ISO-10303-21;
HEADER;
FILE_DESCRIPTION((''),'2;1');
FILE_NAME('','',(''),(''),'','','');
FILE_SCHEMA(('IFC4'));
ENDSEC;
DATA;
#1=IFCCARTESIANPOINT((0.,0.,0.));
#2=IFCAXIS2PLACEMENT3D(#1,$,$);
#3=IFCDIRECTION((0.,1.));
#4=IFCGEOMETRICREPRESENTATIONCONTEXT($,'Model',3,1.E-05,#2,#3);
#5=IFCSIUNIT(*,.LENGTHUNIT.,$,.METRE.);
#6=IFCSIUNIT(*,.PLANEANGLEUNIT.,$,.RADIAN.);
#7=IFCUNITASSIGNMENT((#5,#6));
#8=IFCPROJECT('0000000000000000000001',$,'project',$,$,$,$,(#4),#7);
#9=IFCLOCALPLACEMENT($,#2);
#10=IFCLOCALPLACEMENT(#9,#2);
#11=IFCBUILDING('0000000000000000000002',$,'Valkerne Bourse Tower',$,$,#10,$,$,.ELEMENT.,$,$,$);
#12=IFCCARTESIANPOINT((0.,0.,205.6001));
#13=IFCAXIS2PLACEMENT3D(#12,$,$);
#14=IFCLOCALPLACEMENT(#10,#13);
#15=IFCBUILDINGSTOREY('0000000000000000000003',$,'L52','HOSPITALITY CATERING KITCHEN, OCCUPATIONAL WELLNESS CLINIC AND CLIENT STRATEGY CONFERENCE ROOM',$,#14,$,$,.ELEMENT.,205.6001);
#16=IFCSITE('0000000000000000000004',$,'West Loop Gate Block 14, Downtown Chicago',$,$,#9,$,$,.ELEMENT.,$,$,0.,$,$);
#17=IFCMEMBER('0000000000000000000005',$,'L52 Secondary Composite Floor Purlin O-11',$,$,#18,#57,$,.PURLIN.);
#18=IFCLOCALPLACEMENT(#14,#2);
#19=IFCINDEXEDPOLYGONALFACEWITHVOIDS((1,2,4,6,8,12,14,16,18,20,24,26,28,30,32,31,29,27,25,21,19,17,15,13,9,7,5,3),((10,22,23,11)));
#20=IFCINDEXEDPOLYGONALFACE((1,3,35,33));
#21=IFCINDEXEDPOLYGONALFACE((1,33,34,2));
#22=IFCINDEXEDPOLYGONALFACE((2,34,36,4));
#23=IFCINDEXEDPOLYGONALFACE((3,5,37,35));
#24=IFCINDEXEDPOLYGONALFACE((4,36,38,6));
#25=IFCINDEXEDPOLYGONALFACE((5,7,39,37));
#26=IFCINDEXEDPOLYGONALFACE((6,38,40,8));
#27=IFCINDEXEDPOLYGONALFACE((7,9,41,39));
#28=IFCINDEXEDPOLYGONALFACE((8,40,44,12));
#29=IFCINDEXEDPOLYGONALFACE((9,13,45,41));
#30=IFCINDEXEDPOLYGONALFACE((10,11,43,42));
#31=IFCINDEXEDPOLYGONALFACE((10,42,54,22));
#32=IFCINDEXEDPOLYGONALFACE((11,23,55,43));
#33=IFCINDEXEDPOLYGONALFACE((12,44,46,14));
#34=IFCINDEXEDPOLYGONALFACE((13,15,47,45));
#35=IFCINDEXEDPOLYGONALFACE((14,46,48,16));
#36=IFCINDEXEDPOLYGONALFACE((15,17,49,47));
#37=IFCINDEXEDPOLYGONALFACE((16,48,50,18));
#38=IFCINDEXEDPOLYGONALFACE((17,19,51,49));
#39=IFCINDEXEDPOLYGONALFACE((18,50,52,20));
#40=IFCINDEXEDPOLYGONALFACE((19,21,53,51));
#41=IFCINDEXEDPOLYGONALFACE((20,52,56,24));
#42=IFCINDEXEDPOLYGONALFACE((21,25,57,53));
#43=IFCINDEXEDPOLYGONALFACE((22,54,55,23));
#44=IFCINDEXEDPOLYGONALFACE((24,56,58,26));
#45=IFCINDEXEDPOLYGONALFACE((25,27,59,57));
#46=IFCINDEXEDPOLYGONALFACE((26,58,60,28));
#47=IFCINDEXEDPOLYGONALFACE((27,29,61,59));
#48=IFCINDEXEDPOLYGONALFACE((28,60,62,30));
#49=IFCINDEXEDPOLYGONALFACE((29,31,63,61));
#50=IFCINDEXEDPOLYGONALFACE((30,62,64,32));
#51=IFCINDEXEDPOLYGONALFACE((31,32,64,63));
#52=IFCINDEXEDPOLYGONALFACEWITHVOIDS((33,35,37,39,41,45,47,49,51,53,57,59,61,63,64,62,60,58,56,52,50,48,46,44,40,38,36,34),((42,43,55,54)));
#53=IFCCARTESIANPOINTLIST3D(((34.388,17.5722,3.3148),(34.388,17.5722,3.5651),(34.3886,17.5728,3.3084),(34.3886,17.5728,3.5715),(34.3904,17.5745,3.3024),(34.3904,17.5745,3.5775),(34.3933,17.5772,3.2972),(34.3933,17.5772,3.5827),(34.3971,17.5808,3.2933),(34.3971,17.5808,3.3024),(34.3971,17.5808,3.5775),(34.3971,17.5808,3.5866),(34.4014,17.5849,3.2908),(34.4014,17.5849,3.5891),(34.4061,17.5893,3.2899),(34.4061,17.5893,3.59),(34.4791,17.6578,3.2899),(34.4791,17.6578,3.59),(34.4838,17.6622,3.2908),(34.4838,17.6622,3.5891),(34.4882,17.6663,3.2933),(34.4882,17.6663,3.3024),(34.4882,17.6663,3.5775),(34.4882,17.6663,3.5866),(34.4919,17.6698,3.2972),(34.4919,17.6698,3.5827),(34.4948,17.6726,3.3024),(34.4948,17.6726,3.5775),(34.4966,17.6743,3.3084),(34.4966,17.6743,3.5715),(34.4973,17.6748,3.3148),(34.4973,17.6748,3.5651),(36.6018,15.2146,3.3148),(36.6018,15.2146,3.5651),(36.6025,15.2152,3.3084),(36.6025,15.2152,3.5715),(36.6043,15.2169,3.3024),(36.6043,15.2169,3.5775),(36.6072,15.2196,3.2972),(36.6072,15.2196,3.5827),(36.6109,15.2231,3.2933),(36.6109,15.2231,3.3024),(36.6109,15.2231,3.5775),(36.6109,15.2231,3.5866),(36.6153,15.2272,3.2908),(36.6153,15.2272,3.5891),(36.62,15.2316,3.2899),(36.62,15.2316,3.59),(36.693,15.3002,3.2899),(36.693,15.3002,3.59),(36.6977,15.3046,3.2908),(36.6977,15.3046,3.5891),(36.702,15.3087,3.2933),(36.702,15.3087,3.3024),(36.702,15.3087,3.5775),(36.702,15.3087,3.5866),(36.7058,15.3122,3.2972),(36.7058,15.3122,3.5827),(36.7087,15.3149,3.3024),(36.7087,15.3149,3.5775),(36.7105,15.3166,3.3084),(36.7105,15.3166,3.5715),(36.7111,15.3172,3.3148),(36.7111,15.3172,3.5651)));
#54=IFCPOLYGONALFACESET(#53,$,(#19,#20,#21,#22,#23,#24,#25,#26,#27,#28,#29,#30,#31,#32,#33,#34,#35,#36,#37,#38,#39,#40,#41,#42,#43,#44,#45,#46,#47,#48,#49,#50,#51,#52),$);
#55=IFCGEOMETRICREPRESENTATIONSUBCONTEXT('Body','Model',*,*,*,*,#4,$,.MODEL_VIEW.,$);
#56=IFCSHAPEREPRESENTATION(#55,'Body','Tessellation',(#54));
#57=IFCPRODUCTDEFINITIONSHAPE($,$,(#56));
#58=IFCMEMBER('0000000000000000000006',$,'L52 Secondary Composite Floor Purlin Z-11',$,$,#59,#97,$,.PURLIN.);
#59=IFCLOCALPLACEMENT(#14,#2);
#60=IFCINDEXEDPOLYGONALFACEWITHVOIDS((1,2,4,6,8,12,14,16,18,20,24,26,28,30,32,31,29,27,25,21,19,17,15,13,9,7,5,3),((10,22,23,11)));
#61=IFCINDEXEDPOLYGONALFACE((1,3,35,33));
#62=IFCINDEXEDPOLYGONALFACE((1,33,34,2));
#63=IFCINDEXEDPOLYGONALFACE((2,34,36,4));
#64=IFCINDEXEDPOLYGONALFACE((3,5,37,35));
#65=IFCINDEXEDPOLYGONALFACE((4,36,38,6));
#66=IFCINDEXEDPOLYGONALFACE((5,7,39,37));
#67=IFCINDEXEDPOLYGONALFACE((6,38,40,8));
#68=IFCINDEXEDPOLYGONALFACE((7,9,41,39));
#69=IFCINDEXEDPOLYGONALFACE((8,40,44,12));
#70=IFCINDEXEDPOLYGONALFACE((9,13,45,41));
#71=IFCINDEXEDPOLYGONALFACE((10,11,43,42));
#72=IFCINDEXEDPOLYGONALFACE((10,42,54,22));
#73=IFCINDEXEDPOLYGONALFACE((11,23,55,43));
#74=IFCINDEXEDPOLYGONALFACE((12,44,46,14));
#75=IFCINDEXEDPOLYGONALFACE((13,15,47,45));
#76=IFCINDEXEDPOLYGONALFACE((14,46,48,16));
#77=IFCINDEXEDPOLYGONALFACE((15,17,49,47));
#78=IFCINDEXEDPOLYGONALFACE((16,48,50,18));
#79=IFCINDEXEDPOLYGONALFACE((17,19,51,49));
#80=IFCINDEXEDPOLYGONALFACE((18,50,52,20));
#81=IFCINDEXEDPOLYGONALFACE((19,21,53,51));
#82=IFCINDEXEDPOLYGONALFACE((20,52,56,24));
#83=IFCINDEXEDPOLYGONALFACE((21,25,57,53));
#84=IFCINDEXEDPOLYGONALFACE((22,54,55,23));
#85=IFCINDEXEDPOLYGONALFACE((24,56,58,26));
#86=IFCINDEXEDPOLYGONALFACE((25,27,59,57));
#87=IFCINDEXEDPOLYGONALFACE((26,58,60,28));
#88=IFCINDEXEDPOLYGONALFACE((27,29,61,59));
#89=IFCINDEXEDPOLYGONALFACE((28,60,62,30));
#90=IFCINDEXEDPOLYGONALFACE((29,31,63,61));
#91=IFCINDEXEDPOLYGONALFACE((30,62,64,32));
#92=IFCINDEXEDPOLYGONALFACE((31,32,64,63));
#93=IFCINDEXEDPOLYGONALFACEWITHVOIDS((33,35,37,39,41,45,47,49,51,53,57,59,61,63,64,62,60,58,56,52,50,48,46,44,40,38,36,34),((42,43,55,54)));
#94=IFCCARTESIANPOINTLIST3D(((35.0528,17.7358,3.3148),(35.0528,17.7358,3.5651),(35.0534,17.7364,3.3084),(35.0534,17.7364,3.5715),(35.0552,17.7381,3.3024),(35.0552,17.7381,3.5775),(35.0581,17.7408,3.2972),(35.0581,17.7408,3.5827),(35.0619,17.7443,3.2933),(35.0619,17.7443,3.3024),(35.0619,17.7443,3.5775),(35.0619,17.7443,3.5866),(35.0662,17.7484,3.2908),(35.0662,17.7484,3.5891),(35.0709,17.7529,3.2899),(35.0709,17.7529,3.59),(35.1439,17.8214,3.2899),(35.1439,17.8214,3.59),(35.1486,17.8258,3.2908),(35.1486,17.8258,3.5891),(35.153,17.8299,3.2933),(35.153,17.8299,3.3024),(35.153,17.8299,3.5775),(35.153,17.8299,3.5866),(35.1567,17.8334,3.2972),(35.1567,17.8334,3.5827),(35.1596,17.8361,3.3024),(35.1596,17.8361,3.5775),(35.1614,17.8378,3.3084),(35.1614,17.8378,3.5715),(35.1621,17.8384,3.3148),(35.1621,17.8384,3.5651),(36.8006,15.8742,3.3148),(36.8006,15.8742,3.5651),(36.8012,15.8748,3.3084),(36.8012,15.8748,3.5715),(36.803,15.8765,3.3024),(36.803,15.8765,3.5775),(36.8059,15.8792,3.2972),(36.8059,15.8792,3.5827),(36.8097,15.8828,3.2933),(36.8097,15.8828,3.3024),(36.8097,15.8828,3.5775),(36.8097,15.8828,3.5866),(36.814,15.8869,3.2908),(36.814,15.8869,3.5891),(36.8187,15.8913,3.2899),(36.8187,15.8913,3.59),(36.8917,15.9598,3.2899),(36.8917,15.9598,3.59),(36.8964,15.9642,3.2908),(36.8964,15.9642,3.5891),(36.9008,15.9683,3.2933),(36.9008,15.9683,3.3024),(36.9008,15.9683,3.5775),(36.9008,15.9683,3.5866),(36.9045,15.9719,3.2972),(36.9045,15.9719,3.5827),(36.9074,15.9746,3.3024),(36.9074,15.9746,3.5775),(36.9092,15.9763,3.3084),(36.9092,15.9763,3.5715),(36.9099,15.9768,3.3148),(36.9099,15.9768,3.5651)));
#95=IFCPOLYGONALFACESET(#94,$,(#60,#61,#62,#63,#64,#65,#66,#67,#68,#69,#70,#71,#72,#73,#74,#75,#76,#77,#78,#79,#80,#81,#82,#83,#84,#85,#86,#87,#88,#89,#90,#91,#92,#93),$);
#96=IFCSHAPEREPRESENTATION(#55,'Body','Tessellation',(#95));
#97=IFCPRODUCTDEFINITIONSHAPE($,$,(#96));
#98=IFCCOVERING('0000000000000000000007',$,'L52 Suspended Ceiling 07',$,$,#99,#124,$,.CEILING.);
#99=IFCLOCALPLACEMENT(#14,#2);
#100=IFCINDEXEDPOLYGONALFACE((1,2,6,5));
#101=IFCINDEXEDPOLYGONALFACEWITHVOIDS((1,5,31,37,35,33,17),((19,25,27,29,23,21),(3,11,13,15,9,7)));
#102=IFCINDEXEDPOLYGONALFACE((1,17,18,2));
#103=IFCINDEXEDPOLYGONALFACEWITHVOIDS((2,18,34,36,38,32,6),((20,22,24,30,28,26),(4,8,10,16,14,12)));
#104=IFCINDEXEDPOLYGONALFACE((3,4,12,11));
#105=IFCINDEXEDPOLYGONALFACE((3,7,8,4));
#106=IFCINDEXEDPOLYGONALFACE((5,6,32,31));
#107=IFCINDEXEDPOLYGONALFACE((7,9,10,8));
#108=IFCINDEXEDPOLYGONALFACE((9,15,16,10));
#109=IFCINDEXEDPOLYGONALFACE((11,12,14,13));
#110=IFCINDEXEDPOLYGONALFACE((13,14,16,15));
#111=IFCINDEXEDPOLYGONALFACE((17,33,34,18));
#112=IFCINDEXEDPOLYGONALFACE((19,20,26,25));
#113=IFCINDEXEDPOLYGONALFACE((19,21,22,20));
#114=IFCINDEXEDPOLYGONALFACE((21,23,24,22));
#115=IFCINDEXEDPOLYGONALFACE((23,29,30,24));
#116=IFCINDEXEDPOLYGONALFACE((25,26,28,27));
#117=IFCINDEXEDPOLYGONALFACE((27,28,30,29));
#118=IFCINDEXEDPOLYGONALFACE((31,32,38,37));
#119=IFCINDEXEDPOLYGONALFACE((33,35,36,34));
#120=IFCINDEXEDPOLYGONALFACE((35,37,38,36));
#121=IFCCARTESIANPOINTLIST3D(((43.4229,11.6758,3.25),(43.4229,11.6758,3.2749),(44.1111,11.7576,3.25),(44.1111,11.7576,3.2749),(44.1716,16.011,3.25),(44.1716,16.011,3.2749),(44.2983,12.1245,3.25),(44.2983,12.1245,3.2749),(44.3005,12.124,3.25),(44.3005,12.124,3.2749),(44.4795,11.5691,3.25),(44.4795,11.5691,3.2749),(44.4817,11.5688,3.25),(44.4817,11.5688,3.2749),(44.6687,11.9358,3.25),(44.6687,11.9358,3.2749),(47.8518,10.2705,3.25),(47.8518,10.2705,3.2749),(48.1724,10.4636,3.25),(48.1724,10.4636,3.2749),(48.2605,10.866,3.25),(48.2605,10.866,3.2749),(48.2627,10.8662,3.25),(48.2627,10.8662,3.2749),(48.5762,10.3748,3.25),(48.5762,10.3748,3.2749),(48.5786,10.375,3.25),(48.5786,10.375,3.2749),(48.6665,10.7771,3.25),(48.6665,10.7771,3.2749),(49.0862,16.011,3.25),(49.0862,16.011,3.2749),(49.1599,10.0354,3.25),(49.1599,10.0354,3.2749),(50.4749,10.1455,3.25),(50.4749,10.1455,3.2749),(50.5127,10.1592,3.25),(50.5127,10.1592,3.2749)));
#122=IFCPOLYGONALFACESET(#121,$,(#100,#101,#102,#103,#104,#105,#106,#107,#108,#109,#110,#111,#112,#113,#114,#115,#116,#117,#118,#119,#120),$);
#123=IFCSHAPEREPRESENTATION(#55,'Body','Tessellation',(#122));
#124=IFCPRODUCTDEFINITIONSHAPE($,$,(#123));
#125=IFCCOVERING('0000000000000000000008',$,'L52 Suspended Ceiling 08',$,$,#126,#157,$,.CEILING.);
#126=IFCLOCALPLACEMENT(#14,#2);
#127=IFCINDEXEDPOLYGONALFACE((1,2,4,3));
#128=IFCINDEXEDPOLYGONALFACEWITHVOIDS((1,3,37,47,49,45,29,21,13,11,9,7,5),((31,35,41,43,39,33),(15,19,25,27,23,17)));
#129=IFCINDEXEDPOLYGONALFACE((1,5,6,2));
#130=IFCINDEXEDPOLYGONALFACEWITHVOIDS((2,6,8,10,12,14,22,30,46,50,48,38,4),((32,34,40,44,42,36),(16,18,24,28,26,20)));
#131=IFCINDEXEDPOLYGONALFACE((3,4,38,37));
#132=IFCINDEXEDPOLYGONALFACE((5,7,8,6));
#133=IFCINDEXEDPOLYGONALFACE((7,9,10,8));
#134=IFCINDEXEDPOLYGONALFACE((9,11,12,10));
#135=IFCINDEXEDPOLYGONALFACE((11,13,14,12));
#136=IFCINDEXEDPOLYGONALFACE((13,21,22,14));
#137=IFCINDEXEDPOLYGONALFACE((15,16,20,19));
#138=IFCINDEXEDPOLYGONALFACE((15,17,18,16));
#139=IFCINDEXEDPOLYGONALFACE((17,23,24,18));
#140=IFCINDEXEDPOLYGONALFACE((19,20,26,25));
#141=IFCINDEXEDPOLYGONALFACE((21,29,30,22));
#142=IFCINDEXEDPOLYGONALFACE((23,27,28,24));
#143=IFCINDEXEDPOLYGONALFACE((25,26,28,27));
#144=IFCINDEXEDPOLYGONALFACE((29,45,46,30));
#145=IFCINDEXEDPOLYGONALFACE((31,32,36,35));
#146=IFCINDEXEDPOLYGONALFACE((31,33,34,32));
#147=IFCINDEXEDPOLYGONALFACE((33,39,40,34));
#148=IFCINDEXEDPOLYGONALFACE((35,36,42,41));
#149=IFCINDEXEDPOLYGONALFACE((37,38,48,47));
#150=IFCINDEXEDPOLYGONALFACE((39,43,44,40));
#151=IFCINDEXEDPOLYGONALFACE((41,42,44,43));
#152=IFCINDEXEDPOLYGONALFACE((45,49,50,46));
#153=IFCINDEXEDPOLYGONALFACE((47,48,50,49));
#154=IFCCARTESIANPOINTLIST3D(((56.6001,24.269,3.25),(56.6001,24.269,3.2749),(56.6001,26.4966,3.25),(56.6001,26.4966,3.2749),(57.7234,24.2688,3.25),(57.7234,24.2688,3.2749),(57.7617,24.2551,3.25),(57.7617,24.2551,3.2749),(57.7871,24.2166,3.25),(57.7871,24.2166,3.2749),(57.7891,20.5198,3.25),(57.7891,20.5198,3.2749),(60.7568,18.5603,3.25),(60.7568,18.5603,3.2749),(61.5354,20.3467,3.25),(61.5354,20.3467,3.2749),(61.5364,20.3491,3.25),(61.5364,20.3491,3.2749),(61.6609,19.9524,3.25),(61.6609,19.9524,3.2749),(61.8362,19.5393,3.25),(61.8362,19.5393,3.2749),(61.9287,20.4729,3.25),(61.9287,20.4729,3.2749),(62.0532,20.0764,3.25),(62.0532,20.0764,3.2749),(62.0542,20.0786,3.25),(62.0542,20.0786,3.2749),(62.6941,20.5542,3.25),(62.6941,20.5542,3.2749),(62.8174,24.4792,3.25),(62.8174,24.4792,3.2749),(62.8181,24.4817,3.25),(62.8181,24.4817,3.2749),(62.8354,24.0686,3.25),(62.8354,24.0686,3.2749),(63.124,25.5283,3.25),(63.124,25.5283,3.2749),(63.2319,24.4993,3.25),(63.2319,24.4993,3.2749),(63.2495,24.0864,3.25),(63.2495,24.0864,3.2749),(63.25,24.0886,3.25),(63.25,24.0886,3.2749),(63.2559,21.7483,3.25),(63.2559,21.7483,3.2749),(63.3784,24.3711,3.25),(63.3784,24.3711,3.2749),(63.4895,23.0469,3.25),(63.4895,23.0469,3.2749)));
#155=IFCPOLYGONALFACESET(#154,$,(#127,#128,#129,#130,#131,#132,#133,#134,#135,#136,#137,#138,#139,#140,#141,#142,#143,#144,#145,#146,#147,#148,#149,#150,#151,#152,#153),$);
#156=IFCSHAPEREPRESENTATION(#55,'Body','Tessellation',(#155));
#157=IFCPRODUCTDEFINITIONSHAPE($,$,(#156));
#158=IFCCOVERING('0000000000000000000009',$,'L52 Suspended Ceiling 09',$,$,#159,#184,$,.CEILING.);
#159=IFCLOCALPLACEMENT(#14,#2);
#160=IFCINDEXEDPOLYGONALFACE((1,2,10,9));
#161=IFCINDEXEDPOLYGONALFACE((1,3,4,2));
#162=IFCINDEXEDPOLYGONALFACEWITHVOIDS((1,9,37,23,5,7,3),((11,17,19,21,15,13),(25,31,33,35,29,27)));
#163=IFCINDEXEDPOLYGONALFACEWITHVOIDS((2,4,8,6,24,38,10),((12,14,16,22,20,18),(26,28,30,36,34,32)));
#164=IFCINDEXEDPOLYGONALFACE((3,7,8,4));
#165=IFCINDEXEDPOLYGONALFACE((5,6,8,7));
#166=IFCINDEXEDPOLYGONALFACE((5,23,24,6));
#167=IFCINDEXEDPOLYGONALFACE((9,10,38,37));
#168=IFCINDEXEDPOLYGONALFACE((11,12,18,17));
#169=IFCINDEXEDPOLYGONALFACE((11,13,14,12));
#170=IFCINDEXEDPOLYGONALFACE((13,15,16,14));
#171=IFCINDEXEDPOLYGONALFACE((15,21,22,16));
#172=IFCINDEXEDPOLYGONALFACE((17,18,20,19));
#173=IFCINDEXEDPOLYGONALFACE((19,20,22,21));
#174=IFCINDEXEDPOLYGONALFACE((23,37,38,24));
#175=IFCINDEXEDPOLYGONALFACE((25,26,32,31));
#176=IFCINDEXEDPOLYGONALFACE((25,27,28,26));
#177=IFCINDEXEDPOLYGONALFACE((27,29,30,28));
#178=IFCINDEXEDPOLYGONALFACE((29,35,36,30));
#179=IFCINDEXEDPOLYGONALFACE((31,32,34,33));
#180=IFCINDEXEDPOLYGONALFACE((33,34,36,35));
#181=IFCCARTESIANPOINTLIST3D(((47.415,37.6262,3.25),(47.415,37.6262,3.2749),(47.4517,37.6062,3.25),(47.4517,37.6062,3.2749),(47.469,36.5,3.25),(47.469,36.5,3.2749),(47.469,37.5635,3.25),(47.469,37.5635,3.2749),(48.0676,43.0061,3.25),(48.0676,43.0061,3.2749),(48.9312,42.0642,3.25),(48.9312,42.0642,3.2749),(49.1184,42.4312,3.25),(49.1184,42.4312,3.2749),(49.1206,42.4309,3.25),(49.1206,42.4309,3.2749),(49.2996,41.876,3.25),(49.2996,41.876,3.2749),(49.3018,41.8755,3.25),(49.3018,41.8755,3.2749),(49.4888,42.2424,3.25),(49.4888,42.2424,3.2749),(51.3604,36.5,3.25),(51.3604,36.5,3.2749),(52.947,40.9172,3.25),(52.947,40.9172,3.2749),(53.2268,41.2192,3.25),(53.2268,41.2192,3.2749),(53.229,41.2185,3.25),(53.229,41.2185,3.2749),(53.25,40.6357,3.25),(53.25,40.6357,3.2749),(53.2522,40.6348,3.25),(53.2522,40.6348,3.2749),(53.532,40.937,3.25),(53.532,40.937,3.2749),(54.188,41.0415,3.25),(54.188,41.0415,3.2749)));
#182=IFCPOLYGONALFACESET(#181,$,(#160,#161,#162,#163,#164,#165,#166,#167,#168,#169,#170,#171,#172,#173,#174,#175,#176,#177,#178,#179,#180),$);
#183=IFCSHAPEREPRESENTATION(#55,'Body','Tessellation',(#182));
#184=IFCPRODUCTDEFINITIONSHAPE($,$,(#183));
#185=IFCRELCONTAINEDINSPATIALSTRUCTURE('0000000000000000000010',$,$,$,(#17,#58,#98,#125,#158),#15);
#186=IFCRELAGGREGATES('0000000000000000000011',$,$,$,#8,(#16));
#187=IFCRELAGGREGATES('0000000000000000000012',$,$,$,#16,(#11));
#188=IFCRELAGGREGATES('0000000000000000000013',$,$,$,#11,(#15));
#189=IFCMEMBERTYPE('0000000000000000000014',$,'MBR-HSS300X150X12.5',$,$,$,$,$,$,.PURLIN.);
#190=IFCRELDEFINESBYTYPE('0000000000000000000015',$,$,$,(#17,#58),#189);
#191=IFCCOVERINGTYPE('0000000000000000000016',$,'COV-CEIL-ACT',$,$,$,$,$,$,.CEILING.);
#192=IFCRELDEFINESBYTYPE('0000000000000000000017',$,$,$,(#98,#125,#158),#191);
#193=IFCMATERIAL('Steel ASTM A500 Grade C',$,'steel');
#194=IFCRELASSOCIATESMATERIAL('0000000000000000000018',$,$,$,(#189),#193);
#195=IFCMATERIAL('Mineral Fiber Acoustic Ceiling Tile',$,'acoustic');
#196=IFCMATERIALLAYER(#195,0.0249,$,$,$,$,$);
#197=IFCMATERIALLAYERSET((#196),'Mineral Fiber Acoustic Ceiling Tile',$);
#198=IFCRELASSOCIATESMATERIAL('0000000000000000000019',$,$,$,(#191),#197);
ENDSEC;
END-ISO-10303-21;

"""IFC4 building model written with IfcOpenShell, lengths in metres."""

from ifc_helpers import new_model, si_unit, direction, frame, origin, origin_2d, place, context, subcontext, project, spatial, polyline, hollow_rectangle, outline, extrude, material, layer, layer_set, material_profile, profile_set, type_object, element, save


model = new_model("IFC4")

# Units and contexts
model_context = context("Model", 3, precision=1e-05, world=origin(), true_north=direction((0.0, 1.0)))
body_context = subcontext(model_context, "Body", "Model", "MODEL_VIEW")
ifc_project = project(units=[si_unit("LENGTHUNIT", "METRE"), si_unit("PLANEANGLEUNIT", "RADIAN")], contexts=[model_context])

# Site, building, storey
site_placement = place(None, origin())
site = spatial("IfcSite", under=ifc_project, at=site_placement, Name="West Loop Gate Block 14, Downtown Chicago", CompositionType="ELEMENT", RefElevation=0.0)
building_placement = place(site_placement, origin())
building = spatial("IfcBuilding", under=site, at=building_placement, Name="Valkerne Bourse Tower", CompositionType="ELEMENT")
storey_placement = place(building_placement, frame((0.0, 0.0, 205.6001)))
storey = spatial("IfcBuildingStorey", under=building, at=storey_placement, Name="L52", Description="HOSPITALITY CATERING KITCHEN, OCCUPATIONAL WELLNESS CLINIC AND CLIENT STRATEGY CONFERENCE ROOM", CompositionType="ELEMENT", Elevation=205.6001)

# Members
ifc_material_1 = material(Name="Steel ASTM A500 Grade C", Category="steel")
ifc_material_profile_1 = material_profile(ifc_material_1, hollow_rectangle(XDim=0.1499, YDim=0.3, WallThickness=0.0125, OuterFilletRadius=0.0249, at=origin_2d()), Name="HSS300X150X12.5")
ifc_profile_set_1 = profile_set([ifc_material_profile_1], Name="Steel ASTM A500 Grade C")
member_type_1 = type_object("IfcMemberType", Name="MBR-HSS300X150X12.5", PredefinedType="PURLIN", material=ifc_profile_set_1)
member_1_placement = place(storey_placement, frame((34.4426, 17.6235, 3.4399), z_axis=(0.684526, -0.728988, 0.0), x_axis=(0.728988, 0.684526, 0.0)))
element("IfcMember", 1, at=member_1_placement, inside=storey, type_object=member_type_1, Name="L52 Secondary Composite Floor Purlin O-11", PredefinedType="PURLIN", context=body_context, shape_type="SweptSolid", body=[
    extrude(hollow_rectangle(XDim=0.1499, YDim=0.3, WallThickness=0.0125, OuterFilletRadius=0.0249, at=origin_2d()), origin(), (0.0, 0.0, 1.0), 3.2341),
])
member_2_placement = place(storey_placement, frame((35.1074, 17.7871, 3.4399), z_axis=(0.684478, -0.729033, 0.0), x_axis=(0.729033, 0.684478, 0.0)))
element("IfcMember", 2, at=member_2_placement, inside=storey, type_object=member_type_1, Name="L52 Secondary Composite Floor Purlin Z-11", PredefinedType="PURLIN", context=body_context, shape_type="SweptSolid", body=[
    extrude(hollow_rectangle(XDim=0.1499, YDim=0.3, WallThickness=0.0125, OuterFilletRadius=0.0249, at=origin_2d()), origin(), (0.0, 0.0, 1.0), 2.5535),
])

# Coverings
ifc_material_2 = material(Name="Mineral Fiber Acoustic Ceiling Tile", Category="acoustic")
ifc_layer_1 = layer(ifc_material_2, 0.0249)
ifc_layer_set_1 = layer_set([ifc_layer_1], Name="Mineral Fiber Acoustic Ceiling Tile")
covering_type_1 = type_object("IfcCoveringType", Name="COV-CEIL-ACT", PredefinedType="CEILING", material=ifc_layer_set_1)
covering_1_placement = place(storey_placement, frame((0.0, 0.0, 3.25)))
element("IfcCovering", 3, at=covering_1_placement, inside=storey, type_object=covering_type_1, Name="L52 Suspended Ceiling 07", PredefinedType="CEILING", context=body_context, shape_type="SweptSolid", body=[
    extrude(outline(polyline([(47.8518, 10.2705), (43.4229, 11.6758), (44.1716, 16.011), (49.0862, 16.011), (50.5127, 10.1592), (50.4749, 10.1455), (49.1599, 10.0354), (47.8518, 10.2705)]), holes=[polyline([(44.3005, 12.124), (44.2983, 12.1245), (44.1111, 11.7576), (44.4795, 11.5691), (44.4817, 11.5688), (44.6687, 11.9358), (44.3005, 12.124)]), polyline([(48.6665, 10.7771), (48.2627, 10.8662), (48.2605, 10.866), (48.1724, 10.4636), (48.5762, 10.3748), (48.5786, 10.375), (48.6665, 10.7771)])]), origin(), (0.0, 0.0, 1.0), 0.0249),
])
covering_2_placement = place(storey_placement, frame((0.0, 0.0, 3.25)))
element("IfcCovering", 4, at=covering_2_placement, inside=storey, type_object=covering_type_1, Name="L52 Suspended Ceiling 08", PredefinedType="CEILING", context=body_context, shape_type="SweptSolid", body=[
    extrude(outline(polyline([(62.6941, 20.5542), (61.8362, 19.5393), (60.7568, 18.5603), (57.7891, 20.5198), (57.7871, 24.2166), (57.7617, 24.2551), (57.7234, 24.2688), (56.6001, 24.269), (56.6001, 26.4966), (63.124, 25.5283), (63.3784, 24.3711), (63.4895, 23.0469), (63.2559, 21.7483), (62.6941, 20.5542)]), holes=[polyline([(62.0542, 20.0786), (61.9287, 20.4729), (61.5364, 20.3491), (61.5354, 20.3467), (61.6609, 19.9524), (62.0532, 20.0764), (62.0542, 20.0786)]), polyline([(63.25, 24.0886), (63.2319, 24.4993), (62.8181, 24.4817), (62.8174, 24.4792), (62.8354, 24.0686), (63.2495, 24.0864), (63.25, 24.0886)])]), origin(), (0.0, 0.0, 1.0), 0.0249),
])
covering_3_placement = place(storey_placement, frame((0.0, 0.0, 3.25)))
element("IfcCovering", 5, at=covering_3_placement, inside=storey, type_object=covering_type_1, Name="L52 Suspended Ceiling 09", PredefinedType="CEILING", context=body_context, shape_type="SweptSolid", body=[
    extrude(outline(polyline([(47.469, 37.5635), (47.4517, 37.6062), (47.415, 37.6262), (48.0676, 43.0061), (54.188, 41.0415), (51.3604, 36.5), (47.469, 36.5), (47.469, 37.5635)]), holes=[polyline([(53.229, 41.2185), (53.2268, 41.2192), (52.947, 40.9172), (53.25, 40.6357), (53.2522, 40.6348), (53.532, 40.937), (53.229, 41.2185)]), polyline([(49.4888, 42.2424), (49.1206, 42.4309), (49.1184, 42.4312), (48.9312, 42.0642), (49.2996, 41.876), (49.3018, 41.8755), (49.4888, 42.2424)])]), origin(), (0.0, 0.0, 1.0), 0.0249),
])

save(model, "model.ifc")
